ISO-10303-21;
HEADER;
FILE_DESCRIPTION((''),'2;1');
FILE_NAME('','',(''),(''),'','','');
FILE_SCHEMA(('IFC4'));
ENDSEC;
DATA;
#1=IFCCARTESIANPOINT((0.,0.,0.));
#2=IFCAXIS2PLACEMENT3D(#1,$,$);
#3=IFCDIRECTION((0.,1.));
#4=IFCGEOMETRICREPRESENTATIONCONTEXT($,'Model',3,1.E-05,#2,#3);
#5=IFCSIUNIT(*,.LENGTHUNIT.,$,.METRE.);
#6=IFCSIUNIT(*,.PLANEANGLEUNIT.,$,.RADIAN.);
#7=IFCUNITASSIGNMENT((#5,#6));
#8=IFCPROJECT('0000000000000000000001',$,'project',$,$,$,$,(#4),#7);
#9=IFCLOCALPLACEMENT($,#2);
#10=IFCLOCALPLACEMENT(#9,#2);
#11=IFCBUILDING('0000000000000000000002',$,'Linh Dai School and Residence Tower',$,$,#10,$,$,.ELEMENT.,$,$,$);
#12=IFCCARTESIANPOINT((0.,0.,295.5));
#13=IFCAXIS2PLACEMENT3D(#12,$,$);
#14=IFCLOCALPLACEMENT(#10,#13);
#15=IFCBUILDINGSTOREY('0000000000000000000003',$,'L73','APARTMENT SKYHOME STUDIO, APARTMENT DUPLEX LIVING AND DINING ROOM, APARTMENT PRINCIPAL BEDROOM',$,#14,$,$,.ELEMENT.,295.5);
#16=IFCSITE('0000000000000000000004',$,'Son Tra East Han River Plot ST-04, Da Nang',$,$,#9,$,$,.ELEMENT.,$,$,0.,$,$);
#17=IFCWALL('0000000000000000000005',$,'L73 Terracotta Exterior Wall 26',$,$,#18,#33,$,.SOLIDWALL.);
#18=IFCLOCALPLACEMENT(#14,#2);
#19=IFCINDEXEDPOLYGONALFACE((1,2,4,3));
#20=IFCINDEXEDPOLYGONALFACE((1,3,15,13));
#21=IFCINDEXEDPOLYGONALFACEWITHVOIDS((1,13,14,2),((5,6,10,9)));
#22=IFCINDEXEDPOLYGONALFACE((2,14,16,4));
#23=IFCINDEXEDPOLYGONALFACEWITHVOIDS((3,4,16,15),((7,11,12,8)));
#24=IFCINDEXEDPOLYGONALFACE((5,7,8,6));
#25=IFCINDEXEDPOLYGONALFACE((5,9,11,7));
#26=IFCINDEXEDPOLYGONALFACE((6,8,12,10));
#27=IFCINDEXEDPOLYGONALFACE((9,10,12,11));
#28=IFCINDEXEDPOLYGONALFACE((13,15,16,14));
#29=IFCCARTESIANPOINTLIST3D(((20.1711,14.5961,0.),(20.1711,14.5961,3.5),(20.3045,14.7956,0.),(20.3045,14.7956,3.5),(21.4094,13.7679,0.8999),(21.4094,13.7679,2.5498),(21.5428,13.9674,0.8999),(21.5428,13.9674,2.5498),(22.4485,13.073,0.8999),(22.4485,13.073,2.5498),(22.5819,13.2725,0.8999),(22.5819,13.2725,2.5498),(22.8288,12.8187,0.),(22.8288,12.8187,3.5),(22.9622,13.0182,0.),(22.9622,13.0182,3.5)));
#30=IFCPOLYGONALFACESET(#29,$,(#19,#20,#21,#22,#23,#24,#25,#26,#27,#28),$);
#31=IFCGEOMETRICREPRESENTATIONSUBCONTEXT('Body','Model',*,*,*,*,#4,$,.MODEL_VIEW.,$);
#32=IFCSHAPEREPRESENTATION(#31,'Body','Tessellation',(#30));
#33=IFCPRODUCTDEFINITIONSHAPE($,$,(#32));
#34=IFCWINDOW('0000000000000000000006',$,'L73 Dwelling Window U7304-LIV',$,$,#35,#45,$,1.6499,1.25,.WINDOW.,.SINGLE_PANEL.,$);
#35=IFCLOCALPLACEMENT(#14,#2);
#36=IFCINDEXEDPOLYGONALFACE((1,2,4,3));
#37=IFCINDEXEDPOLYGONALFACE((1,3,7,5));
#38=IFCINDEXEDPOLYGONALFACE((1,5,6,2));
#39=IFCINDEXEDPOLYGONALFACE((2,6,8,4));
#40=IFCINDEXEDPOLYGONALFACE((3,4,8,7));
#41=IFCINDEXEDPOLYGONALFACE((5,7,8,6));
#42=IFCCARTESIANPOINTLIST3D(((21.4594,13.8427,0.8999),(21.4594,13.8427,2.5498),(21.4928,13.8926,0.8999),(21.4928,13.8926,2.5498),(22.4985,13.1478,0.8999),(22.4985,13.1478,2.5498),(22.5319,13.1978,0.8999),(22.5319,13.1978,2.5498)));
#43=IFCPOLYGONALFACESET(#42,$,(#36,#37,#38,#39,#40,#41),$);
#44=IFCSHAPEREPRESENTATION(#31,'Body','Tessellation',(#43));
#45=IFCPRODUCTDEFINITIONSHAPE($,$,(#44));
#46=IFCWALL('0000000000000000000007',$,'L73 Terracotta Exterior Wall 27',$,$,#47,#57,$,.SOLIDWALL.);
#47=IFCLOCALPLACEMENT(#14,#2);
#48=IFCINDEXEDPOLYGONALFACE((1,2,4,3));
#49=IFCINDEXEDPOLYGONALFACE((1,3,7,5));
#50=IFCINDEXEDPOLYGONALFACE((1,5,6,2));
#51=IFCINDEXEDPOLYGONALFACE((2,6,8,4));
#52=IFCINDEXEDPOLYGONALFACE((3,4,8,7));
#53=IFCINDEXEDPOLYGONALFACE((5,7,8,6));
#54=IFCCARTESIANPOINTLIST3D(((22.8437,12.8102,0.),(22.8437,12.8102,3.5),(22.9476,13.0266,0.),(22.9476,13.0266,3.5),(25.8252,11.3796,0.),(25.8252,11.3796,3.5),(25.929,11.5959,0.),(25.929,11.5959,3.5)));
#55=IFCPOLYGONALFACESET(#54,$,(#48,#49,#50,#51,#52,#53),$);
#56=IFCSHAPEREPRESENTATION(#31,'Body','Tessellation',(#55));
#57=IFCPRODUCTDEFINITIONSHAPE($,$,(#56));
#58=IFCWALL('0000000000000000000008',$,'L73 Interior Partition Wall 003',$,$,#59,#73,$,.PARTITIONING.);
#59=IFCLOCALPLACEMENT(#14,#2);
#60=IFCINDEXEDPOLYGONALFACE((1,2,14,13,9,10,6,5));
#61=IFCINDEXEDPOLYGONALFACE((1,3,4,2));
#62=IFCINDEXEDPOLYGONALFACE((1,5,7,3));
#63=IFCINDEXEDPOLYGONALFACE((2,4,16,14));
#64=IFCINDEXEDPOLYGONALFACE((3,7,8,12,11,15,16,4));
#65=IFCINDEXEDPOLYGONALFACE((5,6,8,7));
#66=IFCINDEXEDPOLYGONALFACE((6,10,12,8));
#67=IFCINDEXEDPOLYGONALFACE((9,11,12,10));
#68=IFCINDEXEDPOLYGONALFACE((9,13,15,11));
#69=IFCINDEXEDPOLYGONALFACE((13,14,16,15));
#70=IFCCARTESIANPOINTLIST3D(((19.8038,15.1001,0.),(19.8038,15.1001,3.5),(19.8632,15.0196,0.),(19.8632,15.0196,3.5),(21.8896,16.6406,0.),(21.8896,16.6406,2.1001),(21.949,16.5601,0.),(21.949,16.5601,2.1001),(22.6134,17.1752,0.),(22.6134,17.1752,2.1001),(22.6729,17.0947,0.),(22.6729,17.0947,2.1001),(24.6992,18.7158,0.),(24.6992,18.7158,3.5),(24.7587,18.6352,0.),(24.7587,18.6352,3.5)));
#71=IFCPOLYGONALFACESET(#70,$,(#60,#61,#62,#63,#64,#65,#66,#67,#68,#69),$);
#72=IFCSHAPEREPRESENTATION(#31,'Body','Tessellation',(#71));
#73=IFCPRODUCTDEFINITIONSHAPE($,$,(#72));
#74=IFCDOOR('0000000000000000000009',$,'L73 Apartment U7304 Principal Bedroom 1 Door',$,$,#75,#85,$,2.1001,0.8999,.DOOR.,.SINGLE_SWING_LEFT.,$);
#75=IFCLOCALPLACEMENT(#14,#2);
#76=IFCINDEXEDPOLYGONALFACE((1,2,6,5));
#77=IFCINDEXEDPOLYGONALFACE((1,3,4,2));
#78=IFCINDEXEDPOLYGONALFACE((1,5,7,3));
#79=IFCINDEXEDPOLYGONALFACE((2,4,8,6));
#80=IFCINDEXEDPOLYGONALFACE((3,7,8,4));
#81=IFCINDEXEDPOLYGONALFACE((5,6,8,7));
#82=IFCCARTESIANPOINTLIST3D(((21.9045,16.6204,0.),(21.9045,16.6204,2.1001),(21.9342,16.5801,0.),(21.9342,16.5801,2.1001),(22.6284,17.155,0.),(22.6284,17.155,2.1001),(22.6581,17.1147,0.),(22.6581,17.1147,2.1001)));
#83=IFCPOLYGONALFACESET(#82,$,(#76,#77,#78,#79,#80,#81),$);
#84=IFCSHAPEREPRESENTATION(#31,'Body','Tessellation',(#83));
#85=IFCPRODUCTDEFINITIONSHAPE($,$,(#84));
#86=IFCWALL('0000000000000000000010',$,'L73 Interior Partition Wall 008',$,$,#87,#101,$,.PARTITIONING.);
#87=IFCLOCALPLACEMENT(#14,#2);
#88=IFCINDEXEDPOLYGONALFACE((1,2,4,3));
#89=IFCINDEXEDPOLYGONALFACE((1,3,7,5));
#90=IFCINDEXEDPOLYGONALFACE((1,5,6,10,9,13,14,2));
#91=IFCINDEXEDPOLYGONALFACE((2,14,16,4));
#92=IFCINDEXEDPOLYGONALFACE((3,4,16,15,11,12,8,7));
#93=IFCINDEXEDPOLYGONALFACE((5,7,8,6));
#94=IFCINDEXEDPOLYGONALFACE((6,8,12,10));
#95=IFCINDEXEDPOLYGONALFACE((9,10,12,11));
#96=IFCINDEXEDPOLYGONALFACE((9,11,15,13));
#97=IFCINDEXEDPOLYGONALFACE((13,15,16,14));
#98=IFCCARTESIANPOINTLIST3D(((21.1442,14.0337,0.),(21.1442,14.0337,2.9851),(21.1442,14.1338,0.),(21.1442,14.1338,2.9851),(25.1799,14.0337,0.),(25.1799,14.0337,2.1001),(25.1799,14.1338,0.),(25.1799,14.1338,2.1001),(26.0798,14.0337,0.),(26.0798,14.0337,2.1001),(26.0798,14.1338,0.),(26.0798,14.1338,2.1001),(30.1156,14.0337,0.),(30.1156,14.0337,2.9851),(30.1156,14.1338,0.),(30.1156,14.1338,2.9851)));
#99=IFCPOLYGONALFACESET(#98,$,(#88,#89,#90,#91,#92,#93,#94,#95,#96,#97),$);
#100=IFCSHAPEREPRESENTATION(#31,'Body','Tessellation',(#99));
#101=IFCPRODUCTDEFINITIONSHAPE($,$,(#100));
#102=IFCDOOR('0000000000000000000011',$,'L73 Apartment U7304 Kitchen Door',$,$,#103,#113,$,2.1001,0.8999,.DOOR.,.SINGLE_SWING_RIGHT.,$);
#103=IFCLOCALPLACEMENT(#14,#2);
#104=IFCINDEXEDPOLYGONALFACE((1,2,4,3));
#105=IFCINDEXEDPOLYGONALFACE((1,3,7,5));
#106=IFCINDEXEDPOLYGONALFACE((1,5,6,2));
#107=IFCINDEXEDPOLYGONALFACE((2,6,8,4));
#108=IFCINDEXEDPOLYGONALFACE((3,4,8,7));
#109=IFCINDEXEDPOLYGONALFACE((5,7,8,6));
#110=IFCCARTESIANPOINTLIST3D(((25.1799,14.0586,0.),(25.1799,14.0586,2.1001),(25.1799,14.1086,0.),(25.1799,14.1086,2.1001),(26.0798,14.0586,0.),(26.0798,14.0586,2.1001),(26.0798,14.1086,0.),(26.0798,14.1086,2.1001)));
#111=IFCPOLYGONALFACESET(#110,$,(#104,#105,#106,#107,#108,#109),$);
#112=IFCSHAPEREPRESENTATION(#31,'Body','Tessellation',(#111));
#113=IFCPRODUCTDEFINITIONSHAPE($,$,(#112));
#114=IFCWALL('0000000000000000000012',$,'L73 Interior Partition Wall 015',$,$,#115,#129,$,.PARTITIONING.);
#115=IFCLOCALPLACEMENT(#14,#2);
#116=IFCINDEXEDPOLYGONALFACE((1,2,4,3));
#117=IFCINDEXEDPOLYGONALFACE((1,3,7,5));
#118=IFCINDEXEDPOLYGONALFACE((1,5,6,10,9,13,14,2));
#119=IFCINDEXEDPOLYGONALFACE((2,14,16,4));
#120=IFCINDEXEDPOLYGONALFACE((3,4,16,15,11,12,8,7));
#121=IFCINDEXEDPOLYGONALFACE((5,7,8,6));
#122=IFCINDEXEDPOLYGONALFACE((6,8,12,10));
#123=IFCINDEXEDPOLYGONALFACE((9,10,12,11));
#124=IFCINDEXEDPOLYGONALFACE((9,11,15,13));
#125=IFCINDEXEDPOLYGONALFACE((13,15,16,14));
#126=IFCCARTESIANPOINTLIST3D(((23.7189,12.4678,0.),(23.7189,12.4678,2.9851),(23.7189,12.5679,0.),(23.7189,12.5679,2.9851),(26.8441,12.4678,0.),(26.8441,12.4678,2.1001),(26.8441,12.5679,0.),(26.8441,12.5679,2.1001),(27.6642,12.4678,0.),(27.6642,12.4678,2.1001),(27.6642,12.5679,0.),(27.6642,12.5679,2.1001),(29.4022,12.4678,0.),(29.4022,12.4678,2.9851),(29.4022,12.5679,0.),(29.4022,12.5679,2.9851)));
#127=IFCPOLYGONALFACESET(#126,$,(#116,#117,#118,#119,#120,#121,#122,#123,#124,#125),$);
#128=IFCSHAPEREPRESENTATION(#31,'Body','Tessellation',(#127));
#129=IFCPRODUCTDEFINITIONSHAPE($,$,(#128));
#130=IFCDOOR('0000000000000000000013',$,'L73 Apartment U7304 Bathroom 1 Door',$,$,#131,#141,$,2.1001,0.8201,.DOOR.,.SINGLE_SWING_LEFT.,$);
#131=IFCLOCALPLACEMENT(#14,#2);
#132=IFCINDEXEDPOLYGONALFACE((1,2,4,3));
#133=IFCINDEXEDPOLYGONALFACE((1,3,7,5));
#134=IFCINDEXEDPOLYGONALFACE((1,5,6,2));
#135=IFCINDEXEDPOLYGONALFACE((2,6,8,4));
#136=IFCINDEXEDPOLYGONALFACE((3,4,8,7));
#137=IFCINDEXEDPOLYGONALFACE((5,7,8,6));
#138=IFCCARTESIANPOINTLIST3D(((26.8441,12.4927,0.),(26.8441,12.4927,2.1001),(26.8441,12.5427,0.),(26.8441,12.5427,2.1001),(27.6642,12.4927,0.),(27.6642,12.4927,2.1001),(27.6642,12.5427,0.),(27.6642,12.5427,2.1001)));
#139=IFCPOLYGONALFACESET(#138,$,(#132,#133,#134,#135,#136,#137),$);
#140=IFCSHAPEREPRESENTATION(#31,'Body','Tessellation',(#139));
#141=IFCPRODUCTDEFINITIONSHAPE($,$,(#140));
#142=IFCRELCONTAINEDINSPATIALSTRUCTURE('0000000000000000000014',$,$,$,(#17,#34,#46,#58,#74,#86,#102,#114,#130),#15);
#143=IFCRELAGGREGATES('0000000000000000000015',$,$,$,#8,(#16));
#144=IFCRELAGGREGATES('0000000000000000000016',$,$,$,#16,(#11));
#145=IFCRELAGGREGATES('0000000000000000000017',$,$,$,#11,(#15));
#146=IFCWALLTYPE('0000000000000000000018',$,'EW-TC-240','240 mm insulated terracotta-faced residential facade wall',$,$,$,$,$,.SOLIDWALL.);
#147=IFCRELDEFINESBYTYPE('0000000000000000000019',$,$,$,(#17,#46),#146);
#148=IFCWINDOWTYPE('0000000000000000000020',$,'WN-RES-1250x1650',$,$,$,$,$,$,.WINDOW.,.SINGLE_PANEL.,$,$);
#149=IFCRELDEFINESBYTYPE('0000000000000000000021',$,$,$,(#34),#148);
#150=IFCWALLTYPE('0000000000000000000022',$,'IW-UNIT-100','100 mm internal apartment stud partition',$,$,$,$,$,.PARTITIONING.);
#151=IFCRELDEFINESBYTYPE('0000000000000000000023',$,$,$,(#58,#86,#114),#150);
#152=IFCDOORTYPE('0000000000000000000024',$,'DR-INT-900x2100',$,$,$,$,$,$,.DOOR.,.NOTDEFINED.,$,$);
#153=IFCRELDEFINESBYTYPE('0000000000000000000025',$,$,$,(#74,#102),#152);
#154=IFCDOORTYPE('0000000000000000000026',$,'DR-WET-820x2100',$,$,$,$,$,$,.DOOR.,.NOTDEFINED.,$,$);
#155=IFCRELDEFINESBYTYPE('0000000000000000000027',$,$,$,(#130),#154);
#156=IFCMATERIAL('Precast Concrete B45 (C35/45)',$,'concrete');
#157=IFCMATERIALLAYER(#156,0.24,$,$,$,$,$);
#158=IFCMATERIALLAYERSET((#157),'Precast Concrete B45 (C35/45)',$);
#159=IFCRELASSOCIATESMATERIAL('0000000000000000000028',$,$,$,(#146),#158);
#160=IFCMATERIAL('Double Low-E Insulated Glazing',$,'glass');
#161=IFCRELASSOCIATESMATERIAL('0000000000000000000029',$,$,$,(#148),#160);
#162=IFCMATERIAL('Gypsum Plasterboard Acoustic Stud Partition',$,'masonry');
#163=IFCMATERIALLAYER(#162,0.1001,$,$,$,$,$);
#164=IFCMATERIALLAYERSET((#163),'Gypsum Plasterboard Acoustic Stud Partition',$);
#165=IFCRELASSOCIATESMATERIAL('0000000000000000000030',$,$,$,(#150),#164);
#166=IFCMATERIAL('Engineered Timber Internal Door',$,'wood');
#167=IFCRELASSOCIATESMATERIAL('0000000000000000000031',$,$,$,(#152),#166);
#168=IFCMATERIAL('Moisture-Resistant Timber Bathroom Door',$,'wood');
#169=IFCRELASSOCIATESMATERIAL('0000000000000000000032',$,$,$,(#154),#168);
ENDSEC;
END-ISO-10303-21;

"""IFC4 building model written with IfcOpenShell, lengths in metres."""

from ifc_helpers import new_model, si_unit, direction, frame, frame_2d, origin, origin_2d, place, context, subcontext, project, spatial, rectangle, extrude, source, transform, mapped, material, layer, layer_set, type_object, element, fill, save


model = new_model("IFC4")

# Units and contexts
model_context = context("Model", 3, precision=1e-05, world=origin(), true_north=direction((0.0, 1.0)))
body_context = subcontext(model_context, "Body", "Model", "MODEL_VIEW")
ifc_project = project(units=[si_unit("LENGTHUNIT", "METRE"), si_unit("PLANEANGLEUNIT", "RADIAN")], contexts=[model_context])

# Site, building, storey
site_placement = place(None, origin())
site = spatial("IfcSite", under=ifc_project, at=site_placement, Name="Son Tra East Han River Plot ST-04, Da Nang", CompositionType="ELEMENT", RefElevation=0.0)
building_placement = place(site_placement, origin())
building = spatial("IfcBuilding", under=site, at=building_placement, Name="Linh Dai School and Residence Tower", CompositionType="ELEMENT")
storey_placement = place(building_placement, frame((0.0, 0.0, 295.5)))
storey = spatial("IfcBuildingStorey", under=building, at=storey_placement, Name="L73", Description="APARTMENT SKYHOME STUDIO, APARTMENT DUPLEX LIVING AND DINING ROOM, APARTMENT PRINCIPAL BEDROOM", CompositionType="ELEMENT", Elevation=295.5)

# Shared definitions
ifc_material_1 = material(Name="Precast Concrete B45 (C35/45)", Category="concrete")

# Shared definitions
ifc_layer_1 = layer(ifc_material_1, 0.24)
ifc_layer_set_1 = layer_set([ifc_layer_1], Name="Precast Concrete B45 (C35/45)")
wall_type_1 = type_object("IfcWallType", Name="EW-TC-240", Description="240 mm insulated terracotta-faced residential facade wall", PredefinedType="SOLIDWALL", material=ifc_layer_set_1)

# Wall, opening, window
wall_1_placement = place(storey_placement, frame((22.8955, 12.9185, 0.0), z_axis=(0.0, 0.0, 1.0), x_axis=(-0.831251, 0.555898, 0.0)))
wall_1 = element("IfcWall", 1, at=wall_1_placement, inside=storey, type_object=wall_type_1, Name="L73 Terracotta Exterior Wall 26", PredefinedType="SOLIDWALL", context=body_context, shape_type="SweptSolid", body=[
    extrude(rectangle(XDim=3.1973, YDim=0.24, at=frame_2d((1.5986, 0.0))), origin(), (0.0, 0.0, 1.0), 3.5),
])
opening_1_placement = place(wall_1_placement, frame((0.4575, 0.0, 0.8999)))
opening_1 = element("IfcOpeningElement", 2, at=opening_1_placement, cuts=wall_1, PredefinedType="OPENING", context=body_context, shape_type="SweptSolid", body=[
    extrude(rectangle(XDim=1.25, YDim=1.6499, at=origin_2d()), frame((0.625, 0.1299, 0.825), z_axis=(0.0, -1.0, 0.0), x_axis=(1.0, 0.0, 0.0)), (0.0, 0.0, 1.0), 0.26),
])
ifc_material_2 = material(Name="Double Low-E Insulated Glazing", Category="glass")
window_type = type_object("IfcWindowType", Name="WN-RES-1250x1650", PartitioningType="SINGLE_PANEL", PredefinedType="WINDOW", material=ifc_material_2)
shared_shape_1 = source(origin(), body_context, "Body", "SweptSolid", [
    extrude(rectangle(XDim=1.25, YDim=1.6499, at=origin_2d()), frame((0.625, 0.03, 0.825), z_axis=(0.0, -1.0, 0.0), x_axis=(1.0, 0.0, 0.0)), (0.0, 0.0, 1.0), 0.0601),
])
window_placement = place(opening_1_placement, origin())
window = element("IfcWindow", 3, at=window_placement, inside=storey, type_object=window_type, Name="L73 Dwelling Window U7304-LIV", OverallHeight=1.6499, OverallWidth=1.25, PartitioningType="SINGLE_PANEL", PredefinedType="WINDOW", context=body_context, shape_type="MappedRepresentation", body=[
    mapped(shared_shape_1, transform((0.0, 0.0, 0.0), x_axis=(1.0, 0.0, 0.0), y_axis=(0.0, 1.0, 0.0), z_axis=(0.0, 0.0, 1.0), scale=1.0)),
])
fill(opening_1, window)

# Wall
wall_2_placement = place(storey_placement, frame((25.877, 11.4878, 0.0), z_axis=(0.0, 0.0, 1.0), x_axis=(-0.901574, 0.432625, 0.0)))
element("IfcWall", 4, at=wall_2_placement, inside=storey, type_object=wall_type_1, Name="L73 Terracotta Exterior Wall 27", PredefinedType="SOLIDWALL", context=body_context, shape_type="SweptSolid", body=[
    extrude(rectangle(XDim=3.3069, YDim=0.24, at=frame_2d((1.6533, 0.0))), origin(), (0.0, 0.0, 1.0), 3.5),
])

# Walls, openings, doors
ifc_material_3 = material(Name="Gypsum Plasterboard Acoustic Stud Partition", Category="masonry")
ifc_layer_2 = layer(ifc_material_3, 0.1001)
ifc_layer_set_2 = layer_set([ifc_layer_2], Name="Gypsum Plasterboard Acoustic Stud Partition")
wall_type_2 = type_object("IfcWallType", Name="IW-UNIT-100", Description="100 mm internal apartment stud partition", PredefinedType="PARTITIONING", material=ifc_layer_set_2)
wall_3_placement = place(storey_placement, frame((19.8335, 15.0598, 0.0), z_axis=(0.0, 0.0, 1.0), x_axis=(0.804388, 0.594105, 0.0)))
wall_3 = element("IfcWall", 5, at=wall_3_placement, inside=storey, type_object=wall_type_2, Name="L73 Interior Partition Wall 003", PredefinedType="PARTITIONING", context=body_context, shape_type="SweptSolid", body=[
    extrude(rectangle(XDim=6.0859, YDim=0.1001, at=frame_2d((3.043, 0.0))), origin(), (0.0, 0.0, 1.0), 3.5),
])
opening_2_placement = place(wall_3_placement, frame((2.593, 0.0, 0.0)))
opening_2 = element("IfcOpeningElement", 6, at=opening_2_placement, cuts=wall_3, PredefinedType="OPENING", context=body_context, shape_type="SweptSolid", body=[
    extrude(rectangle(XDim=0.8999, YDim=2.1001, at=origin_2d()), frame((0.45, 0.0601, 1.05), z_axis=(0.0, -1.0, 0.0), x_axis=(1.0, 0.0, 0.0)), (0.0, 0.0, 1.0), 0.1201),
])
ifc_material_4 = material(Name="Engineered Timber Internal Door", Category="wood")
door_type_1 = type_object("IfcDoorType", Name="DR-INT-900x2100", OperationType="NOTDEFINED", PredefinedType="DOOR", material=ifc_material_4)
shared_shape_2 = source(origin(), body_context, "Body", "SweptSolid", [
    extrude(rectangle(XDim=0.8999, YDim=2.1001, at=origin_2d()), frame((0.45, 0.0249, 1.05), z_axis=(0.0, -1.0, 0.0), x_axis=(1.0, 0.0, 0.0)), (0.0, 0.0, 1.0), 0.05),
])
door_1_placement = place(opening_2_placement, origin())
door_1 = element("IfcDoor", 7, at=door_1_placement, inside=storey, type_object=door_type_1, Name="L73 Apartment U7304 Principal Bedroom 1 Door", OperationType="SINGLE_SWING_LEFT", OverallHeight=2.1001, OverallWidth=0.8999, PredefinedType="DOOR", context=body_context, shape_type="MappedRepresentation", body=[
    mapped(shared_shape_2, transform((0.0, 0.0, 0.0), x_axis=(1.0, 0.0, 0.0), y_axis=(0.0, 1.0, 0.0), z_axis=(0.0, 0.0, 1.0), scale=1.0)),
])
fill(opening_2, door_1)
wall_4_placement = place(storey_placement, frame((21.144, 14.0837, 0.0), z_axis=(0.0, 0.0, 1.0), x_axis=(1.0, 0.0, 0.0)))
wall_4 = element("IfcWall", 8, at=wall_4_placement, inside=storey, type_object=wall_type_2, Name="L73 Interior Partition Wall 008", PredefinedType="PARTITIONING", context=body_context, shape_type="SweptSolid", body=[
    extrude(rectangle(XDim=8.9714, YDim=0.1001, at=frame_2d((4.4858, 0.0))), origin(), (0.0, 0.0, 1.0), 2.9851),
])
opening_3_placement = place(wall_4_placement, frame((4.0359, 0.0, 0.0)))
opening_3 = element("IfcOpeningElement", 9, at=opening_3_placement, cuts=wall_4, PredefinedType="OPENING", context=body_context, shape_type="SweptSolid", body=[
    extrude(rectangle(XDim=0.8999, YDim=2.1001, at=origin_2d()), frame((0.45, 0.0601, 1.05), z_axis=(0.0, -1.0, 0.0), x_axis=(1.0, 0.0, 0.0)), (0.0, 0.0, 1.0), 0.1201),
])
door_2_placement = place(opening_3_placement, origin())
door_2 = element("IfcDoor", 10, at=door_2_placement, inside=storey, type_object=door_type_1, Name="L73 Apartment U7304 Kitchen Door", OperationType="SINGLE_SWING_RIGHT", OverallHeight=2.1001, OverallWidth=0.8999, PredefinedType="DOOR", context=body_context, shape_type="MappedRepresentation", body=[
    mapped(shared_shape_2, transform((0.0, 0.0, 0.0), x_axis=(1.0, 0.0, 0.0), y_axis=(0.0, 1.0, 0.0), z_axis=(0.0, 0.0, 1.0), scale=1.0)),
])
fill(opening_3, door_2)
wall_5_placement = place(storey_placement, frame((23.7188, 12.5178, 0.0), z_axis=(0.0, 0.0, 1.0), x_axis=(1.0, 0.0, 0.0)))
wall_5 = element("IfcWall", 11, at=wall_5_placement, inside=storey, type_object=wall_type_2, Name="L73 Interior Partition Wall 015", PredefinedType="PARTITIONING", context=body_context, shape_type="SweptSolid", body=[
    extrude(rectangle(XDim=5.6833, YDim=0.1001, at=frame_2d((2.8418, 0.0))), origin(), (0.0, 0.0, 1.0), 2.9851),
])
opening_4_placement = place(wall_5_placement, frame((3.1252, 0.0, 0.0)))
opening_4 = element("IfcOpeningElement", 12, at=opening_4_placement, cuts=wall_5, PredefinedType="OPENING", context=body_context, shape_type="SweptSolid", body=[
    extrude(rectangle(XDim=0.8201, YDim=2.1001, at=origin_2d()), frame((0.4102, 0.0601, 1.05), z_axis=(0.0, -1.0, 0.0), x_axis=(1.0, 0.0, 0.0)), (0.0, 0.0, 1.0), 0.1201),
])
ifc_material_5 = material(Name="Moisture-Resistant Timber Bathroom Door", Category="wood")
door_type_2 = type_object("IfcDoorType", Name="DR-WET-820x2100", OperationType="NOTDEFINED", PredefinedType="DOOR", material=ifc_material_5)
shared_shape_3 = source(origin(), body_context, "Body", "SweptSolid", [
    extrude(rectangle(XDim=0.8201, YDim=2.1001, at=origin_2d()), frame((0.4102, 0.0249, 1.05), z_axis=(0.0, -1.0, 0.0), x_axis=(1.0, 0.0, 0.0)), (0.0, 0.0, 1.0), 0.05),
])
door_3_placement = place(opening_4_placement, origin())
door_3 = element("IfcDoor", 13, at=door_3_placement, inside=storey, type_object=door_type_2, Name="L73 Apartment U7304 Bathroom 1 Door", OperationType="SINGLE_SWING_LEFT", OverallHeight=2.1001, OverallWidth=0.8201, PredefinedType="DOOR", context=body_context, shape_type="MappedRepresentation", body=[
    mapped(shared_shape_3, transform((0.0, 0.0, 0.0), x_axis=(1.0, 0.0, 0.0), y_axis=(0.0, 1.0, 0.0), z_axis=(0.0, 0.0, 1.0), scale=1.0)),
])
fill(opening_4, door_3)

save(model, "model.ifc")
